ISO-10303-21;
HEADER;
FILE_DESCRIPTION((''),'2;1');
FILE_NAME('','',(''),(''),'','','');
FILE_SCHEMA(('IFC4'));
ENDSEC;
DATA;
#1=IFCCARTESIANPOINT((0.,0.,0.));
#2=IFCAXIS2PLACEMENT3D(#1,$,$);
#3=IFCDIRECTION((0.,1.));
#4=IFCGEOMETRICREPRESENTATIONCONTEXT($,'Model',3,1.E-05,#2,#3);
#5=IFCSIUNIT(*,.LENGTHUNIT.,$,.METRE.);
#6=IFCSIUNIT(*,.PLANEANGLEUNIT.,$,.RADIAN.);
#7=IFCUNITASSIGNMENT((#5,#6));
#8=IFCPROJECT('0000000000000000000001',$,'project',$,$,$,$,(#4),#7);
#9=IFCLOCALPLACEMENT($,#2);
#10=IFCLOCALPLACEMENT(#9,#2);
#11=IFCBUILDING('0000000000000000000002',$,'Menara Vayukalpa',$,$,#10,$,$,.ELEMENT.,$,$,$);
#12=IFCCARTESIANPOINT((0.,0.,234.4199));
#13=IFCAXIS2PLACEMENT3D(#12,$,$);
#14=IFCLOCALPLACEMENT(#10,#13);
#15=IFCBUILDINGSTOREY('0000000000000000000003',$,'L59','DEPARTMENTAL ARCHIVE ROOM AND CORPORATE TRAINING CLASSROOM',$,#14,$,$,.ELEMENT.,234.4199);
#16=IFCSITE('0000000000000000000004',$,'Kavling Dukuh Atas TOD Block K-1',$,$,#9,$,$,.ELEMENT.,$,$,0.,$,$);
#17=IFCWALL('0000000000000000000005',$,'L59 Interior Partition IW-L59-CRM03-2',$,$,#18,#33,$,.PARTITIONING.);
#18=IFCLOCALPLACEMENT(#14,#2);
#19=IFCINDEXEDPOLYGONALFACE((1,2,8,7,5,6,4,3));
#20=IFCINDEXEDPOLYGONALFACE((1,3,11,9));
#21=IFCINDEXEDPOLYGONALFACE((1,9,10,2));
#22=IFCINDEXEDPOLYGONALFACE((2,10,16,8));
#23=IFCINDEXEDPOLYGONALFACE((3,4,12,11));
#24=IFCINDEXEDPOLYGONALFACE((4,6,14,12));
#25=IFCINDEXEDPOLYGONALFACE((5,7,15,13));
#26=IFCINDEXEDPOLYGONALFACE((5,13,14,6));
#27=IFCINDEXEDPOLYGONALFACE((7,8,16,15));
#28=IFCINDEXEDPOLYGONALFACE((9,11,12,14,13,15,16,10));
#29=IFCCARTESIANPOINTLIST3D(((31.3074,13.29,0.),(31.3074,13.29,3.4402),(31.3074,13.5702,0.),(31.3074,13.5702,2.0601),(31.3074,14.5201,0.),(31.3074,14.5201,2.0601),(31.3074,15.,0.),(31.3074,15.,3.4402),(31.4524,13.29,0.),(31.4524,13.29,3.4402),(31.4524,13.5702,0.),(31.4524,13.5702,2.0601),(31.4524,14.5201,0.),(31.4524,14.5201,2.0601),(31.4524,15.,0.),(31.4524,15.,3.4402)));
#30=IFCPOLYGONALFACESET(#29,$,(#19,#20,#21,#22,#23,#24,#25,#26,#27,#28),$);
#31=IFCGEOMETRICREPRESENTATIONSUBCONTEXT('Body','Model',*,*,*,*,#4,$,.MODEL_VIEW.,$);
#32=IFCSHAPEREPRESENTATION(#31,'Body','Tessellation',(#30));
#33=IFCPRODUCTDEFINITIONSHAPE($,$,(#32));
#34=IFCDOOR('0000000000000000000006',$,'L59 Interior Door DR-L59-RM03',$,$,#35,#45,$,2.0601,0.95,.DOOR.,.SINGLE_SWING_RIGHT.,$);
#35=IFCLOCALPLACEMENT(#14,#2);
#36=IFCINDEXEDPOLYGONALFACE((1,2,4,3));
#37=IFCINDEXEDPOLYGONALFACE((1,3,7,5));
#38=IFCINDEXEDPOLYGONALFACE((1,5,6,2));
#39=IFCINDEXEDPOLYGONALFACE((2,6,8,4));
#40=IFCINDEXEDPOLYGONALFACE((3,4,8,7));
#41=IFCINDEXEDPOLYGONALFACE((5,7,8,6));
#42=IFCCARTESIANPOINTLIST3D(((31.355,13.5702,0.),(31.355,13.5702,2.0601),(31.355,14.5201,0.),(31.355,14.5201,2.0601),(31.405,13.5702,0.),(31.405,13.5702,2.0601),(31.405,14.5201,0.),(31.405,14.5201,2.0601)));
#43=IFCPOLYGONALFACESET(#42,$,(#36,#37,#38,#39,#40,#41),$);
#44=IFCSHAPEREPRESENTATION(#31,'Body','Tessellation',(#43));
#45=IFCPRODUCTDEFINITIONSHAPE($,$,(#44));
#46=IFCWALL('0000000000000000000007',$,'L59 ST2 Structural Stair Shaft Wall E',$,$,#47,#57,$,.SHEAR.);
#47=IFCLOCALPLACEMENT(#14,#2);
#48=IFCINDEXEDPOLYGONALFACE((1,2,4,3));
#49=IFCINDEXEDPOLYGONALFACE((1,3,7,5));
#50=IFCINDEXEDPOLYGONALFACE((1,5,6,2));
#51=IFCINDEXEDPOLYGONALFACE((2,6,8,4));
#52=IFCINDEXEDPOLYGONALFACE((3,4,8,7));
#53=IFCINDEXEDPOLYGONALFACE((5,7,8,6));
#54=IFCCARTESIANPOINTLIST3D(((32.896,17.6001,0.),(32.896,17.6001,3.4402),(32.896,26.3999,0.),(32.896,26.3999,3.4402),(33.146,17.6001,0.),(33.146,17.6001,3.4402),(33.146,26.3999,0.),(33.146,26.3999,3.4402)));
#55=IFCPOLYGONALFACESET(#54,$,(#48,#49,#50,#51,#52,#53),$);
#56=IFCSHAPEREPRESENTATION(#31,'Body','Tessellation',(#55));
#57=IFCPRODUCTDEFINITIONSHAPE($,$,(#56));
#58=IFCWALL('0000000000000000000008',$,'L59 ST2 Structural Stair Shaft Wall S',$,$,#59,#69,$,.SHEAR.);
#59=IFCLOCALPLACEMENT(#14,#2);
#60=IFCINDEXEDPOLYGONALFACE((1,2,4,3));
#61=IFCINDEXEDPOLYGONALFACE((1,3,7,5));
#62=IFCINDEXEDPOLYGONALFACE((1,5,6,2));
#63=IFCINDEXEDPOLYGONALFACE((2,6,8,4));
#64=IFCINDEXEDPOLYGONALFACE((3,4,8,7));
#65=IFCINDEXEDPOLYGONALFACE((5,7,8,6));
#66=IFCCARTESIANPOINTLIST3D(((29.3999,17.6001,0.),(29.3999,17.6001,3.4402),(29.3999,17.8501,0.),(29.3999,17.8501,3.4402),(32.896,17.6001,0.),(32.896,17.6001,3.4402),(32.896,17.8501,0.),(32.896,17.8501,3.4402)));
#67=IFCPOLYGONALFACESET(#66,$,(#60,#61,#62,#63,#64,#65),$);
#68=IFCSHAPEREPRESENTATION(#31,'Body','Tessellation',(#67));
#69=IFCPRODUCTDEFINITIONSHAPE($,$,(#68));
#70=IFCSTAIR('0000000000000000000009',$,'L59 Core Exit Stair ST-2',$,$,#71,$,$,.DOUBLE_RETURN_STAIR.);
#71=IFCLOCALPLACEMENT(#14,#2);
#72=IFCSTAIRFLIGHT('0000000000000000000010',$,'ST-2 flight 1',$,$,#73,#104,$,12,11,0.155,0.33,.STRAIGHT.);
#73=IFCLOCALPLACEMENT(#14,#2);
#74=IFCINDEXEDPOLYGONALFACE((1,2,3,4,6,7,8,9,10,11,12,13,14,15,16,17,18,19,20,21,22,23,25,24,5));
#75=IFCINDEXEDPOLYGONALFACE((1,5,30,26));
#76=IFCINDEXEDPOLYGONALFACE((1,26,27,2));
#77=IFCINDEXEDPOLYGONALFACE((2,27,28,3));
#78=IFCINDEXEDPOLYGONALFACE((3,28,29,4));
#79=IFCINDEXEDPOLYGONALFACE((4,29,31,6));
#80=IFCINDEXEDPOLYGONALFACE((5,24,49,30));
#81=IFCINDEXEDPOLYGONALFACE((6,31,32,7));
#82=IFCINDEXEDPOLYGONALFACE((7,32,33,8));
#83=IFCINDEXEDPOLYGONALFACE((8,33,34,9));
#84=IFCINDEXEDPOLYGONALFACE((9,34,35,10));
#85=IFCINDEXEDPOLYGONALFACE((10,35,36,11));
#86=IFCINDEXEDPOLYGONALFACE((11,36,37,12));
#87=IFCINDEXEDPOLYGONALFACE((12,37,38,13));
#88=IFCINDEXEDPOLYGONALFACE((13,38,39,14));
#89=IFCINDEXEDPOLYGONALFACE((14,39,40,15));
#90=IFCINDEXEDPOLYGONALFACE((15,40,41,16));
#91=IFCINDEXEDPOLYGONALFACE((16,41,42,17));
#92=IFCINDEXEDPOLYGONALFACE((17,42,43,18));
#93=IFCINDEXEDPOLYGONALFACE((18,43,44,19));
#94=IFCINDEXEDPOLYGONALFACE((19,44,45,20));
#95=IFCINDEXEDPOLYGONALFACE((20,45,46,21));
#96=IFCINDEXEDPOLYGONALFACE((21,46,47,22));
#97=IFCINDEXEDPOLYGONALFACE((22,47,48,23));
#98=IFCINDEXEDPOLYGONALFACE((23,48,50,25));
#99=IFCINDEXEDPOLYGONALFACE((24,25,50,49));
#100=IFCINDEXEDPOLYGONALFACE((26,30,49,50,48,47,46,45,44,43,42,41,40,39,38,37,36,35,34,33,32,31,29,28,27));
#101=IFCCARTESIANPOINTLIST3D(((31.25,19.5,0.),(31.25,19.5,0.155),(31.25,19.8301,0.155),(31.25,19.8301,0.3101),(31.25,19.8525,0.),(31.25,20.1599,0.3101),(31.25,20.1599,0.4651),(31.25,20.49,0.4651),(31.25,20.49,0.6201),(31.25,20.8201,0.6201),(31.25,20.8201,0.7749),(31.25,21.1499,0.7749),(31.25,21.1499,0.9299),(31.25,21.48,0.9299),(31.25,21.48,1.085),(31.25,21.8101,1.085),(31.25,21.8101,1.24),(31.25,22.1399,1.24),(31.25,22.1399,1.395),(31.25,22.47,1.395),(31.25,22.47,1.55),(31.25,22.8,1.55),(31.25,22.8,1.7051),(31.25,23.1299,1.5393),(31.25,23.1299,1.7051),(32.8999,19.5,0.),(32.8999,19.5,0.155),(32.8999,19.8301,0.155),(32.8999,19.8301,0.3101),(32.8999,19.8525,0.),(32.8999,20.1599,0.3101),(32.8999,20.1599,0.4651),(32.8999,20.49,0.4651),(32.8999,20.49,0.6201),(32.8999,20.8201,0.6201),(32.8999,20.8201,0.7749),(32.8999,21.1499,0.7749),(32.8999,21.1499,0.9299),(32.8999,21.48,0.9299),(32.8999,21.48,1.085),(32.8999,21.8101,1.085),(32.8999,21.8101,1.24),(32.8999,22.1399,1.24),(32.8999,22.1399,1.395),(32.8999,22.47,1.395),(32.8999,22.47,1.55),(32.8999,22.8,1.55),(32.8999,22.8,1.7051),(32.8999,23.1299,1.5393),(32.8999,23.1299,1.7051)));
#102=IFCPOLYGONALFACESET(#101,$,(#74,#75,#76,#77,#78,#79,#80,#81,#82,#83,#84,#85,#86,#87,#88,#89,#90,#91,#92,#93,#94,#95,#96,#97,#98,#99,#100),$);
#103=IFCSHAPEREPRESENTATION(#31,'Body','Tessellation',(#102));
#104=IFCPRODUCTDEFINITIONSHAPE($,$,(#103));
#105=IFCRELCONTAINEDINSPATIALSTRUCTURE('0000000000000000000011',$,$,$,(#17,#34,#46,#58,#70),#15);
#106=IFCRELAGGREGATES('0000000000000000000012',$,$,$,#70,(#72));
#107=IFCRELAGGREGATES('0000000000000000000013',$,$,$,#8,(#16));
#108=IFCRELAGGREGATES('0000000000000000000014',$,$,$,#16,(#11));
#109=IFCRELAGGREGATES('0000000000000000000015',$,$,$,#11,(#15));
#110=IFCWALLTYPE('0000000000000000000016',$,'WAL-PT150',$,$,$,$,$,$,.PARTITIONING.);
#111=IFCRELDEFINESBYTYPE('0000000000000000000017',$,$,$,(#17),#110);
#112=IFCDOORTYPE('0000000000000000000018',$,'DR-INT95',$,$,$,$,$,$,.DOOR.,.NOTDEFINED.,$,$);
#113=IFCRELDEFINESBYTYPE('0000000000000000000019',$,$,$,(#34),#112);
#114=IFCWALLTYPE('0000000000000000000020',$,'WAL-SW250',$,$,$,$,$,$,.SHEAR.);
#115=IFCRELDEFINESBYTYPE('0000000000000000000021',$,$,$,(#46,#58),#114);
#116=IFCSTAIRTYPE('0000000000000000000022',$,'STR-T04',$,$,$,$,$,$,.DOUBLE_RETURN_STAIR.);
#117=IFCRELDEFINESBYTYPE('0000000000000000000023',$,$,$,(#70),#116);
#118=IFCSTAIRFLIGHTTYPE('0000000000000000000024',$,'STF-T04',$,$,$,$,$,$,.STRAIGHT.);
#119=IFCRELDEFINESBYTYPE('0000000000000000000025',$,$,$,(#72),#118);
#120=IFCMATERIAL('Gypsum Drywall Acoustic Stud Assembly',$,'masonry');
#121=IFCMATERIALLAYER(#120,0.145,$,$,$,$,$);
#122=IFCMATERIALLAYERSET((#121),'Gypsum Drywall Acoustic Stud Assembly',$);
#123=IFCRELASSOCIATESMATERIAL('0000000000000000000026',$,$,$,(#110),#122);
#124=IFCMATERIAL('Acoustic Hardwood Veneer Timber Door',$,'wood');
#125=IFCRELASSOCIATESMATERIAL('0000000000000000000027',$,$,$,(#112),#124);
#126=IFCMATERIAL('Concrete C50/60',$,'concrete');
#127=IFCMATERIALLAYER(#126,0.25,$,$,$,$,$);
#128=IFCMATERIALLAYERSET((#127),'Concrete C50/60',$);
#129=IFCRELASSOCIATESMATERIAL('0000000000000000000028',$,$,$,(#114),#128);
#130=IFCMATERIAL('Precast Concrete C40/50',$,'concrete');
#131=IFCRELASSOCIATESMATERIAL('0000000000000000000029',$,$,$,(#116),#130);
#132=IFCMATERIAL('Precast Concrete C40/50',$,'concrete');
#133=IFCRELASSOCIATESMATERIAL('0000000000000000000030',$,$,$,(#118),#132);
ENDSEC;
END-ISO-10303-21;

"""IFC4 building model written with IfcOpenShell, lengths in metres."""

from ifc_helpers import new_model, si_unit, direction, frame, frame_2d, origin, place, context, subcontext, project, spatial, polyline, rectangle, outline, extrude, material, layer, layer_set, type_object, element, fill, aggregate, save


model = new_model("IFC4")

# Units and contexts
model_context = context("Model", 3, precision=1e-05, world=origin(), true_north=direction((0.0, 1.0)))
body_context = subcontext(model_context, "Body", "Model", "MODEL_VIEW")
ifc_project = project(units=[si_unit("LENGTHUNIT", "METRE"), si_unit("PLANEANGLEUNIT", "RADIAN")], contexts=[model_context])

# Site, building, storey
site_placement = place(None, origin())
site = spatial("IfcSite", under=ifc_project, at=site_placement, Name="Kavling Dukuh Atas TOD Block K-1", CompositionType="ELEMENT", RefElevation=0.0)
building_placement = place(site_placement, origin())
building = spatial("IfcBuilding", under=site, at=building_placement, Name="Menara Vayukalpa", CompositionType="ELEMENT")
storey_placement = place(building_placement, frame((0.0, 0.0, 234.4199)))
storey = spatial("IfcBuildingStorey", under=building, at=storey_placement, Name="L59", Description="DEPARTMENTAL ARCHIVE ROOM AND CORPORATE TRAINING CLASSROOM", CompositionType="ELEMENT", Elevation=234.4199)

# Wall, opening, door
ifc_material_1 = material(Name="Gypsum Drywall Acoustic Stud Assembly", Category="masonry")
ifc_layer_1 = layer(ifc_material_1, 0.145)
ifc_layer_set_1 = layer_set([ifc_layer_1], Name="Gypsum Drywall Acoustic Stud Assembly")
wall_type_1 = type_object("IfcWallType", Name="WAL-PT150", PredefinedType="PARTITIONING", material=ifc_layer_set_1)
wall_1_placement = place(storey_placement, frame((31.3799, 13.29, 0.0), z_axis=(0.0, 0.0, 1.0), x_axis=(0.0, 1.0, 0.0)))
wall_1 = element("IfcWall", 1, at=wall_1_placement, inside=storey, type_object=wall_type_1, Name="L59 Interior Partition IW-L59-CRM03-2", PredefinedType="PARTITIONING", context=body_context, shape_type="SweptSolid", body=[
    extrude(rectangle(XDim=1.71, YDim=0.145, at=frame_2d((0.855, 0.0))), origin(), (0.0, 0.0, 1.0), 3.4402),
])
opening_1_placement = place(wall_1_placement, frame((0.28, 0.0, 0.0)))
opening_1 = element("IfcOpeningElement", 2, at=opening_1_placement, cuts=wall_1, PredefinedType="OPENING", context=body_context, shape_type="SweptSolid", body=[
    extrude(rectangle(XDim=0.95, YDim=2.0601, at=frame_2d((0.4751, 1.03))), frame((0.0, 0.0825, 0.0), z_axis=(0.0, -1.0, 0.0), x_axis=(1.0, 0.0, 0.0)), (0.0, 0.0, 1.0), 0.165),
])
ifc_material_2 = material(Name="Acoustic Hardwood Veneer Timber Door", Category="wood")
door_type_1 = type_object("IfcDoorType", Name="DR-INT95", OperationType="NOTDEFINED", PredefinedType="DOOR", material=ifc_material_2)
door_1_placement = place(opening_1_placement, origin())
door_1 = element("IfcDoor", 3, at=door_1_placement, inside=storey, type_object=door_type_1, Name="L59 Interior Door DR-L59-RM03", OperationType="SINGLE_SWING_RIGHT", OverallHeight=2.0601, OverallWidth=0.95, PredefinedType="DOOR", context=body_context, shape_type="SweptSolid", body=[
    extrude(rectangle(XDim=0.95, YDim=2.0601, at=frame_2d((0.4751, 1.03))), frame((0.0, 0.0249, 0.0), z_axis=(0.0, -1.0, 0.0), x_axis=(1.0, 0.0, 0.0)), (0.0, 0.0, 1.0), 0.05),
])
fill(opening_1, door_1)

# Walls
ifc_material_3 = material(Name="Concrete C50/60", Category="concrete")
ifc_layer_2 = layer(ifc_material_3, 0.25)
ifc_layer_set_2 = layer_set([ifc_layer_2], Name="Concrete C50/60")
wall_type_2 = type_object("IfcWallType", Name="WAL-SW250", PredefinedType="SHEAR", material=ifc_layer_set_2)
wall_2_placement = place(storey_placement, frame((33.021, 17.6001, 0.0), z_axis=(0.0, 0.0, 1.0), x_axis=(0.0, 1.0, 0.0)))
element("IfcWall", 4, at=wall_2_placement, inside=storey, type_object=wall_type_2, Name="L59 ST2 Structural Stair Shaft Wall E", PredefinedType="SHEAR", context=body_context, shape_type="SweptSolid", body=[
    extrude(rectangle(XDim=8.7998, YDim=0.25, at=frame_2d((4.3999, 0.0))), origin(), (0.0, 0.0, 1.0), 3.4402),
])
wall_3_placement = place(storey_placement, frame((29.3999, 17.7251, 0.0), z_axis=(0.0, 0.0, 1.0), x_axis=(1.0, 0.0, 0.0)))
element("IfcWall", 5, at=wall_3_placement, inside=storey, type_object=wall_type_2, Name="L59 ST2 Structural Stair Shaft Wall S", PredefinedType="SHEAR", context=body_context, shape_type="SweptSolid", body=[
    extrude(rectangle(XDim=3.4961, YDim=0.25, at=frame_2d((1.748, 0.0))), origin(), (0.0, 0.0, 1.0), 3.4402),
])

# Stair, stair flight
ifc_material_4 = material(Name="Precast Concrete C40/50", Category="concrete")
stair_type = type_object("IfcStairType", Name="STR-T04", PredefinedType="DOUBLE_RETURN_STAIR", material=ifc_material_4)
stair_placement = place(storey_placement, origin())
stair = element("IfcStair", 6, at=stair_placement, inside=storey, type_object=stair_type, Name="L59 Core Exit Stair ST-2", PredefinedType="DOUBLE_RETURN_STAIR")
ifc_material_5 = material(Name="Precast Concrete C40/50", Category="concrete")
stair_flight_type = type_object("IfcStairFlightType", Name="STF-T04", PredefinedType="STRAIGHT", material=ifc_material_5)
stair_flight_placement = place(storey_placement, frame((32.075, 19.5, 0.0), z_axis=(0.0, 0.0, 1.0), x_axis=(0.0, 1.0, 0.0)))
stair_flight = element("IfcStairFlight", 7, at=stair_flight_placement, type_object=stair_flight_type, Name="ST-2 flight 1", NumberOfRisers=12, NumberOfTreads=11, PredefinedType="STRAIGHT", RiserHeight=0.155, TreadLength=0.33, context=body_context, shape_type="SweptSolid", body=[
    extrude(outline(polyline([(0.0, 0.0), (0.0, 0.155), (0.3301, 0.155), (0.3301, 0.3101), (0.6599, 0.3101), (0.6599, 0.4651), (0.99, 0.4651), (0.99, 0.6201), (1.3201, 0.6201), (1.3201, 0.7749), (1.6499, 0.7749), (1.6499, 0.9299), (1.98, 0.9299), (1.98, 1.085), (2.3101, 1.085), (2.3101, 1.24), (2.6399, 1.24), (2.6399, 1.395), (2.97, 1.395), (2.97, 1.55), (3.3, 1.55), (3.3, 1.7051), (3.6299, 1.7051), (3.6299, 1.8601), (3.6299, 1.5393), (0.3525, 0.0), (0.0, 0.0)])), frame((0.0, 0.825, 0.0), z_axis=(0.0, -1.0, 0.0), x_axis=(1.0, 0.0, 0.0)), (0.0, 0.0, 1.0), 1.6499),
])
aggregate(stair, [stair_flight])

save(model, "model.ifc")
